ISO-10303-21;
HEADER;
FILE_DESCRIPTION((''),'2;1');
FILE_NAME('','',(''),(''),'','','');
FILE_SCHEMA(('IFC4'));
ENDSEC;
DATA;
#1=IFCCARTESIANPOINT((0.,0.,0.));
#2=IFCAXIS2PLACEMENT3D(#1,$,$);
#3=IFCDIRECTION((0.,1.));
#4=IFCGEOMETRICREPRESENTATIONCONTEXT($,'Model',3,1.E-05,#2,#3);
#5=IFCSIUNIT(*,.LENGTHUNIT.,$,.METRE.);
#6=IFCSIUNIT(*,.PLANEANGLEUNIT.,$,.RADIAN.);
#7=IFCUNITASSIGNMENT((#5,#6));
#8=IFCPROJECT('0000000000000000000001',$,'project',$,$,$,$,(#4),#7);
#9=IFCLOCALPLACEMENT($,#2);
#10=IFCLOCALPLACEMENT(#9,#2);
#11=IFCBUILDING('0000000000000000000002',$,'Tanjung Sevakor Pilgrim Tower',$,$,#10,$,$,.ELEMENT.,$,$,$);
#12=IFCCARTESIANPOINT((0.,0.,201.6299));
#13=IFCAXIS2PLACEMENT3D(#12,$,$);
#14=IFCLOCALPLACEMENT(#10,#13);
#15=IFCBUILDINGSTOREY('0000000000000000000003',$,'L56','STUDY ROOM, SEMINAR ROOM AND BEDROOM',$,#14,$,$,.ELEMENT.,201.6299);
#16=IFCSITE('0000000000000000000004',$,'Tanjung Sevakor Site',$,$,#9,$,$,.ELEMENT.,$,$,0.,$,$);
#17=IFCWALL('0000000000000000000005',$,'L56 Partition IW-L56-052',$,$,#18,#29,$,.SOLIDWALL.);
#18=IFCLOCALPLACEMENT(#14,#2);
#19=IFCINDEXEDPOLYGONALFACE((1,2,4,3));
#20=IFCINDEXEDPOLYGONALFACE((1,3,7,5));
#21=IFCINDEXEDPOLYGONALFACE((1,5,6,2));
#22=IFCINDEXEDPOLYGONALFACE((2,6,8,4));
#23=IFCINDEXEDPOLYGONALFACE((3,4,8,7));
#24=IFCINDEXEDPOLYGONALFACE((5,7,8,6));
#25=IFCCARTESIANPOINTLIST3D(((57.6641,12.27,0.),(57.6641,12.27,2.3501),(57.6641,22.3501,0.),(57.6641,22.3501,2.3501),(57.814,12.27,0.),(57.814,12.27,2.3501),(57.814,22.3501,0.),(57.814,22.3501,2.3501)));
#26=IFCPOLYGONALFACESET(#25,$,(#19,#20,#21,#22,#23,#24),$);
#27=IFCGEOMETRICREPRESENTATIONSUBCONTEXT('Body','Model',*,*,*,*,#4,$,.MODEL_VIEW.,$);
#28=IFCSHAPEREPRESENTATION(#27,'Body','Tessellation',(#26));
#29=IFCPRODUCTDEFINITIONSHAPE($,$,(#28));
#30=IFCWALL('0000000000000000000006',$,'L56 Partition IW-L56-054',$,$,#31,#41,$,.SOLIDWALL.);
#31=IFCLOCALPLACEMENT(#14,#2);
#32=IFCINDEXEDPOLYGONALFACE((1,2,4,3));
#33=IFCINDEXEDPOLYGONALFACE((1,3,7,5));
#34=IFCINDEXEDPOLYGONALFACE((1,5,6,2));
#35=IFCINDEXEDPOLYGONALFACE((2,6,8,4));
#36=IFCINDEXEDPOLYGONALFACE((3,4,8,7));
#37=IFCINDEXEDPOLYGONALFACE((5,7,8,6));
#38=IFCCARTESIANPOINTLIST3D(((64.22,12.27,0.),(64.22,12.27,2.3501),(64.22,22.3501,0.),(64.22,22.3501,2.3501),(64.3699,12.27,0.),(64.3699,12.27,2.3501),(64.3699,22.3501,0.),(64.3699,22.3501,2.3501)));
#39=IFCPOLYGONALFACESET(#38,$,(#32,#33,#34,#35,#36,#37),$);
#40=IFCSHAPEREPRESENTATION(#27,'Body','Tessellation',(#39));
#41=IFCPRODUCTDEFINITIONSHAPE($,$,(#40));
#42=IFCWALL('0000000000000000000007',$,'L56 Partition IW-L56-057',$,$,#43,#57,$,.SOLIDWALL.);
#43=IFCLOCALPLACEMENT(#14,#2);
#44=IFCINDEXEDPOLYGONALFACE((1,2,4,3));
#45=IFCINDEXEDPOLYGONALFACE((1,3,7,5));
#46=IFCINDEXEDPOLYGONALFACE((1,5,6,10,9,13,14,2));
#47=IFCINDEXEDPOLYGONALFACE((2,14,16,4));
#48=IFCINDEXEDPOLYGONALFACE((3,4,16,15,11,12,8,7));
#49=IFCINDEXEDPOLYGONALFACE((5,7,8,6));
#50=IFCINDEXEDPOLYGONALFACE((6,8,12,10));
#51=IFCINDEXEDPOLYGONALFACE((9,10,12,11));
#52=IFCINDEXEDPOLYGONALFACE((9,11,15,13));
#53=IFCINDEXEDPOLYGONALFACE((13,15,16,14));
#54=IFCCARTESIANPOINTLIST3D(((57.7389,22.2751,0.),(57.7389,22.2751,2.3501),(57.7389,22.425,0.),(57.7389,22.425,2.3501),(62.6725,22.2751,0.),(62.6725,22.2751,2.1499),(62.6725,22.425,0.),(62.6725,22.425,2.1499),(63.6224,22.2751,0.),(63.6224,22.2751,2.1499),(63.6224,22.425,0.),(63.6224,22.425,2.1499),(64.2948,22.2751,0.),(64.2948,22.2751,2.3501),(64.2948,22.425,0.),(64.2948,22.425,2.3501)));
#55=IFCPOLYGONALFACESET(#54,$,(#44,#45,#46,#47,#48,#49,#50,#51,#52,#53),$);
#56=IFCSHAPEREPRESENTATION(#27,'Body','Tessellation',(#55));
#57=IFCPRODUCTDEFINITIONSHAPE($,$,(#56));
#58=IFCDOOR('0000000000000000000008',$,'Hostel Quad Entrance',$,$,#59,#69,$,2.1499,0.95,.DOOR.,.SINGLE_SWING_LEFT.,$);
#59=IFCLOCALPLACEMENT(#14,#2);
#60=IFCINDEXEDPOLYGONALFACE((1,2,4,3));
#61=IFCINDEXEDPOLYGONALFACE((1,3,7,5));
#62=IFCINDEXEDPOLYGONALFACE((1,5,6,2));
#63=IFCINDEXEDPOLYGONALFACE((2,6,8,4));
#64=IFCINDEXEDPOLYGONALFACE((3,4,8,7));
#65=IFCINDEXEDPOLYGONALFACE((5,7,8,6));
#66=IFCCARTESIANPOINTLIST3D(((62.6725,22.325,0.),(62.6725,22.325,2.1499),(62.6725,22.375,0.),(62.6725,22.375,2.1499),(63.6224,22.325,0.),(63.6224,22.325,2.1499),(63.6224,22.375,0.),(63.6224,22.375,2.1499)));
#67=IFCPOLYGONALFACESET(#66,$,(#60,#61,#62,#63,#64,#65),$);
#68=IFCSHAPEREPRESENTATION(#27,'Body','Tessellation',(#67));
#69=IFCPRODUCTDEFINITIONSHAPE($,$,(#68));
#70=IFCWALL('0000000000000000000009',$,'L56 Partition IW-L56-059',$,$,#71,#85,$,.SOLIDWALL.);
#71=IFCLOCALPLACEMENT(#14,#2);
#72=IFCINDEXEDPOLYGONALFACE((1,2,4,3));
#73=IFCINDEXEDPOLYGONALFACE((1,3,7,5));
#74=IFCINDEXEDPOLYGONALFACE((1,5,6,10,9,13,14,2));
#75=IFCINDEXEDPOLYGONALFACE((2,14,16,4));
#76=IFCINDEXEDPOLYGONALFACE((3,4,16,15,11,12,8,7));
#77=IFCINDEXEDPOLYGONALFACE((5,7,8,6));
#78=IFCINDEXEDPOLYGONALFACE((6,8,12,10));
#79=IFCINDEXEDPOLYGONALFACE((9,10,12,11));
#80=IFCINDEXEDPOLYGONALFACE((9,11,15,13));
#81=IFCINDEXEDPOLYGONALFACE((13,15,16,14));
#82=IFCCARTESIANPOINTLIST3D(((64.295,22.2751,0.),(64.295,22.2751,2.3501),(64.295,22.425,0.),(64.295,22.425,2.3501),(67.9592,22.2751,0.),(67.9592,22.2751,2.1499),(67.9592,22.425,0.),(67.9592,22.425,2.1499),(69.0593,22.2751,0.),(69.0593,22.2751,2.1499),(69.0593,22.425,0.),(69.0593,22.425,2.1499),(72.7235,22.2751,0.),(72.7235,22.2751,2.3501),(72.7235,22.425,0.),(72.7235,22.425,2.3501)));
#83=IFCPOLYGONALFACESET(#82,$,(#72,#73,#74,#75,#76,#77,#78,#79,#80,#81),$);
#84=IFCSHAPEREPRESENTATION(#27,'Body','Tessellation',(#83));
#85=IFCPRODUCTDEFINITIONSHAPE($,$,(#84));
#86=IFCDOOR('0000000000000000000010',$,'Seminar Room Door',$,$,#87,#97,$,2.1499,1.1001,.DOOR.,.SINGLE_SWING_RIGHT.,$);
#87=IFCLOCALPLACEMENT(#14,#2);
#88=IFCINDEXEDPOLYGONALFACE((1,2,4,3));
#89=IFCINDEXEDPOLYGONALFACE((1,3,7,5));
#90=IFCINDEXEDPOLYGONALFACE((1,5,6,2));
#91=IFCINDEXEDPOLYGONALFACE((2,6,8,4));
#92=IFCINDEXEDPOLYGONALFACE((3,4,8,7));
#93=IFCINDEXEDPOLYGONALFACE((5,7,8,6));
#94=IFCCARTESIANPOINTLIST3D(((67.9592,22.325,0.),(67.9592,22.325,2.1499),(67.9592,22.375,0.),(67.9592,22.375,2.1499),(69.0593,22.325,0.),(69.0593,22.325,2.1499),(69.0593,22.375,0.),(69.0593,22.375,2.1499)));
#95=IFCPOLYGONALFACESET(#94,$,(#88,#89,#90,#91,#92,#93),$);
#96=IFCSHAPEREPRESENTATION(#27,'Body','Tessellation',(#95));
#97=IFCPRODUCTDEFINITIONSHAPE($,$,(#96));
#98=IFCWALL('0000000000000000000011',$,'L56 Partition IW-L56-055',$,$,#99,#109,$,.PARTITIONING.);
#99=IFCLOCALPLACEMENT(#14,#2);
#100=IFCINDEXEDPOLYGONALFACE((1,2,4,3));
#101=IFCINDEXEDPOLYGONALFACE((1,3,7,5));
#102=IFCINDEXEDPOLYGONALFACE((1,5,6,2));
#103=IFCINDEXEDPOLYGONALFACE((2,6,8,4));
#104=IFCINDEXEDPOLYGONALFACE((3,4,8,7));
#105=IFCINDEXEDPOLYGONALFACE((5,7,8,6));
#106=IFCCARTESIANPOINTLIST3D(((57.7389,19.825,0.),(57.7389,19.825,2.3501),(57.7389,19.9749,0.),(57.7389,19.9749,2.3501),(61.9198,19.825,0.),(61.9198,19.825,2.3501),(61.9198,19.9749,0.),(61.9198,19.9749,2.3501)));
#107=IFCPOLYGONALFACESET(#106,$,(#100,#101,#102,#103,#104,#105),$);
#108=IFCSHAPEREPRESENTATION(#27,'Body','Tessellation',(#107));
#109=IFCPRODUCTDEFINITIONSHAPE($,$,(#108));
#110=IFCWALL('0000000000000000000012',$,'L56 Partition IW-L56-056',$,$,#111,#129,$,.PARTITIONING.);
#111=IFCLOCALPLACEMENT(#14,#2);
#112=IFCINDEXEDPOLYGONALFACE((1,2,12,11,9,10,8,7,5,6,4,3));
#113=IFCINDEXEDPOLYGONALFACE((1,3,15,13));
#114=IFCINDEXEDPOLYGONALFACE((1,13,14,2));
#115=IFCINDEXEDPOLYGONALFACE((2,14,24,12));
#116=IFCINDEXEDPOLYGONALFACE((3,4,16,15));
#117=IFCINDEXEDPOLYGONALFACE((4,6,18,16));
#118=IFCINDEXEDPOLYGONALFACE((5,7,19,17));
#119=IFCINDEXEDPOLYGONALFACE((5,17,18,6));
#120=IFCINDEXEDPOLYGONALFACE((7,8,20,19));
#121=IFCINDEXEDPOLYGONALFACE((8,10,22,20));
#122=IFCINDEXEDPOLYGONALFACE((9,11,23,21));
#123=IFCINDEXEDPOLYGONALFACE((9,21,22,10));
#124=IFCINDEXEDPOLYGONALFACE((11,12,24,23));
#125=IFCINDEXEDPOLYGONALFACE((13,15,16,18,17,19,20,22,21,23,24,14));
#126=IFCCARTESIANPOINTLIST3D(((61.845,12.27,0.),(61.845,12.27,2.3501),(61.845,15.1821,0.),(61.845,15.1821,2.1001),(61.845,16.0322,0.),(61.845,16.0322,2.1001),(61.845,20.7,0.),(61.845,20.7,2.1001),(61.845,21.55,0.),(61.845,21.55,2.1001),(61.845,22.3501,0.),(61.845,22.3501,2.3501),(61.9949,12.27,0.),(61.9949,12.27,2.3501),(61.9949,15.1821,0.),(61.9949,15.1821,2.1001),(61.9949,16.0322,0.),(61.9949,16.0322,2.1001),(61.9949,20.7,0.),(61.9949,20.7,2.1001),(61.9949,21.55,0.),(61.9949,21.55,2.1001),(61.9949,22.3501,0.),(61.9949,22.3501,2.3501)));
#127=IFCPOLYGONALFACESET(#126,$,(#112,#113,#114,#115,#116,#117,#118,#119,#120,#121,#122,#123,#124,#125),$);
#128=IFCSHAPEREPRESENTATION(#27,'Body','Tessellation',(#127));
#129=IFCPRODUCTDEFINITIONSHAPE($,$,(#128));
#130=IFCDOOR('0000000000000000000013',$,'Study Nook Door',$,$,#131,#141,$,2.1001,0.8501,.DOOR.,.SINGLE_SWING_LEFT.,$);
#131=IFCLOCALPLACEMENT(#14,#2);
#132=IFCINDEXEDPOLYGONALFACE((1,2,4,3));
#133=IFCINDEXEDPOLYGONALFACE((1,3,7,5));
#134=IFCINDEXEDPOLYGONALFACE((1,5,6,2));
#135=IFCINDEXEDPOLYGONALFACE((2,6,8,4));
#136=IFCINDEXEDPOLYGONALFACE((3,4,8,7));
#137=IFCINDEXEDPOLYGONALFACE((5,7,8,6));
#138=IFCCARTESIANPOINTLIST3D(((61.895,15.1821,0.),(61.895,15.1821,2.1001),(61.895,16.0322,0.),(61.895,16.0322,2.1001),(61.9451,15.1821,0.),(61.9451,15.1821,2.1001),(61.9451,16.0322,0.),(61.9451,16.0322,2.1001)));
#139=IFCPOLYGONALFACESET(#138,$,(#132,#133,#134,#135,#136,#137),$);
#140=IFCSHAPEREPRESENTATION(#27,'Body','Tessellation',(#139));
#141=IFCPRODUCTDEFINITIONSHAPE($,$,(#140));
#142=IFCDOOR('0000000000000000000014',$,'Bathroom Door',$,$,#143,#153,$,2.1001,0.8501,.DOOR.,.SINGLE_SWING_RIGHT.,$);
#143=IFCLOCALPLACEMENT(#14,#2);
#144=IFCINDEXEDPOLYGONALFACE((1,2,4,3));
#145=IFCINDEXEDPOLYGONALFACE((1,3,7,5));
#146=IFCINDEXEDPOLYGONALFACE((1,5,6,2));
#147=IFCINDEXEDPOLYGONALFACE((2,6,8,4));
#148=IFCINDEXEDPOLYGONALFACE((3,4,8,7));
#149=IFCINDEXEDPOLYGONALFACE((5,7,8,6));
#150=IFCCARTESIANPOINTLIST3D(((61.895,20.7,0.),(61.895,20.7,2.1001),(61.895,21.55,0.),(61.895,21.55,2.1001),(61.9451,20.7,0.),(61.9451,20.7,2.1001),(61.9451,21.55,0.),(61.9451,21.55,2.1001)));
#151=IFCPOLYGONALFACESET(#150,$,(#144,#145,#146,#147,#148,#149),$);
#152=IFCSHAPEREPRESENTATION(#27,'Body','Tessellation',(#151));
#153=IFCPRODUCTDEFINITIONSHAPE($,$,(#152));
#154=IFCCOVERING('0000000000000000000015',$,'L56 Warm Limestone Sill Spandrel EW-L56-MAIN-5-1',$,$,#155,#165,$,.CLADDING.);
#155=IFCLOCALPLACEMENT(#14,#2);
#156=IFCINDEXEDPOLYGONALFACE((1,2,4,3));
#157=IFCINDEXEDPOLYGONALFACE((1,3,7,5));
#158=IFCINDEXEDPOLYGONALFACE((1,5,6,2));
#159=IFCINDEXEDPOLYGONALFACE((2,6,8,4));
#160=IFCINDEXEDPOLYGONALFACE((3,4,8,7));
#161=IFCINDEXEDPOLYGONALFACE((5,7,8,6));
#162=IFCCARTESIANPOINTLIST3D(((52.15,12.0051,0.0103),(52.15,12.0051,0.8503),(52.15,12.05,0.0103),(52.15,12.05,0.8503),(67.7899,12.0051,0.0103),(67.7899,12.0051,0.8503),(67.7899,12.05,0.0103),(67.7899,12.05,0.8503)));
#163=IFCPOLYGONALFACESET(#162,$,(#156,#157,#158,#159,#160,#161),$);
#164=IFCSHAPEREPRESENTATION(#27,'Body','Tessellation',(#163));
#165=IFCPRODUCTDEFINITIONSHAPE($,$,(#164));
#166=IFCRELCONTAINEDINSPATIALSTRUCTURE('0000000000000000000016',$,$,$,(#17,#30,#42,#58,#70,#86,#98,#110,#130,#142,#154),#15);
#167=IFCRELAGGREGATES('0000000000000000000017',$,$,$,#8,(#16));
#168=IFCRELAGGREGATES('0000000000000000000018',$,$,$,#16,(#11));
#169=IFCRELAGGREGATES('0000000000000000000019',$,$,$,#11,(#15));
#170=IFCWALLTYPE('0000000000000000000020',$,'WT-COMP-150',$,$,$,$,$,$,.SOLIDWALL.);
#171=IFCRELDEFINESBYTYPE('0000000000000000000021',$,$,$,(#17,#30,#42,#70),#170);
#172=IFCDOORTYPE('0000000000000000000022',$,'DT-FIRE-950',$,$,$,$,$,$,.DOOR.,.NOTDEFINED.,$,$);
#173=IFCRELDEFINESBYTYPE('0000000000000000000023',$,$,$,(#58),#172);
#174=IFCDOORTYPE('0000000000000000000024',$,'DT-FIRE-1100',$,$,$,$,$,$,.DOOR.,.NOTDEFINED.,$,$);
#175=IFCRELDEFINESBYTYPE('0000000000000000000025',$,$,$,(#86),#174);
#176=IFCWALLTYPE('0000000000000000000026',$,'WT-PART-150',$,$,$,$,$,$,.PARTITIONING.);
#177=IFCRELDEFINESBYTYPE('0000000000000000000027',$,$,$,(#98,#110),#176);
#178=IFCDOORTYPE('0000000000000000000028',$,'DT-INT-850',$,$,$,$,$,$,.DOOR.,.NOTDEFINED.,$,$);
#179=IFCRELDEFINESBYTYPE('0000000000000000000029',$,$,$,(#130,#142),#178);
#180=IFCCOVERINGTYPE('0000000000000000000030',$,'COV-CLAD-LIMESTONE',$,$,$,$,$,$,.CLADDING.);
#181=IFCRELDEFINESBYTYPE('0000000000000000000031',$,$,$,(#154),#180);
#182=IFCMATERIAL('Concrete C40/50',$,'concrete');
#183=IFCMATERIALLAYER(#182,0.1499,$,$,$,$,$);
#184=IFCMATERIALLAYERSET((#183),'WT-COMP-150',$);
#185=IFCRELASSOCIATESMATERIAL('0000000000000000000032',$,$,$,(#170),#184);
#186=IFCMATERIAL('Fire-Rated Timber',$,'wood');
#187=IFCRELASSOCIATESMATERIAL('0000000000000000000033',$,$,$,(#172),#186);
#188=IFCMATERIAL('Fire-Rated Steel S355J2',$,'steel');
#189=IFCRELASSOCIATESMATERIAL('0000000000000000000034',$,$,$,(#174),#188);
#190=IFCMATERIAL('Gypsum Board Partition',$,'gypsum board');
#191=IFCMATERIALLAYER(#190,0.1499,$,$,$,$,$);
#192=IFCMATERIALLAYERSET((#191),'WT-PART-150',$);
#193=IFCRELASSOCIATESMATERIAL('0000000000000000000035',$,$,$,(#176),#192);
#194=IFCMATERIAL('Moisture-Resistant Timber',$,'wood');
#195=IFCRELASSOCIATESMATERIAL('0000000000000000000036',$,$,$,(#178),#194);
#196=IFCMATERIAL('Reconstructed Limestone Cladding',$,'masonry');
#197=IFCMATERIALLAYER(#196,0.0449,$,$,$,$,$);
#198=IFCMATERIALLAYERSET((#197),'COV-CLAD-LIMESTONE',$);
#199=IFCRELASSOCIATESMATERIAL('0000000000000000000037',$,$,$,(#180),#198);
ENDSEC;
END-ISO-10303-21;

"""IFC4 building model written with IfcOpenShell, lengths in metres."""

from ifc_helpers import new_model, si_unit, direction, frame, frame_2d, origin, origin_2d, place, context, subcontext, project, spatial, rectangle, extrude, material, layer, layer_set, type_object, element, fill, save


model = new_model("IFC4")

# Units and contexts
model_context = context("Model", 3, precision=1e-05, world=origin(), true_north=direction((0.0, 1.0)))
body_context = subcontext(model_context, "Body", "Model", "MODEL_VIEW")
ifc_project = project(units=[si_unit("LENGTHUNIT", "METRE"), si_unit("PLANEANGLEUNIT", "RADIAN")], contexts=[model_context])

# Site, building, storey
site_placement = place(None, origin())
site = spatial("IfcSite", under=ifc_project, at=site_placement, Name="Tanjung Sevakor Site", CompositionType="ELEMENT", RefElevation=0.0)
building_placement = place(site_placement, origin())
building = spatial("IfcBuilding", under=site, at=building_placement, Name="Tanjung Sevakor Pilgrim Tower", CompositionType="ELEMENT")
storey_placement = place(building_placement, frame((0.0, 0.0, 201.6299)))
storey = spatial("IfcBuildingStorey", under=building, at=storey_placement, Name="L56", Description="STUDY ROOM, SEMINAR ROOM AND BEDROOM", CompositionType="ELEMENT", Elevation=201.6299)

# Wall
ifc_material_1 = material(Name="Concrete C40/50", Category="concrete")
ifc_layer_1 = layer(ifc_material_1, 0.1499)
ifc_layer_set_1 = layer_set([ifc_layer_1], Name="WT-COMP-150")
wall_type_1 = type_object("IfcWallType", Name="WT-COMP-150", PredefinedType="SOLIDWALL", material=ifc_layer_set_1)
wall_1_placement = place(storey_placement, frame((57.739, 12.27, 0.0), z_axis=(0.0, 0.0, 1.0), x_axis=(0.0, 1.0, 0.0)))
element("IfcWall", 1, at=wall_1_placement, inside=storey, type_object=wall_type_1, Name="L56 Partition IW-L56-052", PredefinedType="SOLIDWALL", context=body_context, shape_type="SweptSolid", body=[
    extrude(rectangle(XDim=10.0801, YDim=0.1499, at=frame_2d((5.04, 0.0))), origin(), (0.0, 0.0, 1.0), 2.3501),
])

# Shared definitions
ifc_material_2 = material(Name="Fire-Rated Timber", Category="wood")
door_type_1 = type_object("IfcDoorType", Name="DT-FIRE-950", OperationType="NOTDEFINED", PredefinedType="DOOR", material=ifc_material_2)

# Wall
wall_2_placement = place(storey_placement, frame((64.2949, 12.27, 0.0), z_axis=(0.0, 0.0, 1.0), x_axis=(0.0, 1.0, 0.0)))
element("IfcWall", 2, at=wall_2_placement, inside=storey, type_object=wall_type_1, Name="L56 Partition IW-L56-054", PredefinedType="SOLIDWALL", context=body_context, shape_type="SweptSolid", body=[
    extrude(rectangle(XDim=10.0801, YDim=0.1499, at=frame_2d((5.04, 0.0))), origin(), (0.0, 0.0, 1.0), 2.3501),
])

# Walls, openings, doors
wall_3_placement = place(storey_placement, frame((57.739, 22.3501, 0.0), z_axis=(0.0, 0.0, 1.0), x_axis=(1.0, 0.0, 0.0)))
wall_3 = element("IfcWall", 3, at=wall_3_placement, inside=storey, type_object=wall_type_1, Name="L56 Partition IW-L56-057", PredefinedType="SOLIDWALL", context=body_context, shape_type="SweptSolid", body=[
    extrude(rectangle(XDim=6.5559, YDim=0.1499, at=frame_2d((3.2778, 0.0))), origin(), (0.0, 0.0, 1.0), 2.3501),
])
opening_1_placement = place(wall_3_placement, frame((4.9333, 0.0, 0.0)))
opening_1 = element("IfcOpeningElement", 4, at=opening_1_placement, cuts=wall_3, PredefinedType="OPENING", context=body_context, shape_type="SweptSolid", body=[
    extrude(rectangle(XDim=0.95, YDim=2.1499, at=frame_2d((0.4751, 1.075))), frame((0.0, 0.085, 0.0), z_axis=(0.0, -1.0, 0.0), x_axis=(1.0, 0.0, 0.0)), (0.0, 0.0, 1.0), 0.1699),
])
door_1_placement = place(opening_1_placement, origin())
door_1 = element("IfcDoor", 5, at=door_1_placement, inside=storey, type_object=door_type_1, Name="Hostel Quad Entrance", OperationType="SINGLE_SWING_LEFT", OverallHeight=2.1499, OverallWidth=0.95, PredefinedType="DOOR", context=body_context, shape_type="SweptSolid", body=[
    extrude(rectangle(XDim=0.95, YDim=2.1499, at=frame_2d((0.4751, 1.075))), frame((0.0, 0.0249, 0.0), z_axis=(0.0, -1.0, 0.0), x_axis=(1.0, 0.0, 0.0)), (0.0, 0.0, 1.0), 0.05),
])
fill(opening_1, door_1)
wall_4_placement = place(storey_placement, frame((64.2949, 22.3501, 0.0), z_axis=(0.0, 0.0, 1.0), x_axis=(1.0, 0.0, 0.0)))
wall_4 = element("IfcWall", 6, at=wall_4_placement, inside=storey, type_object=wall_type_1, Name="L56 Partition IW-L56-059", PredefinedType="SOLIDWALL", context=body_context, shape_type="SweptSolid", body=[
    extrude(rectangle(XDim=8.4285, YDim=0.1499, at=frame_2d((4.2144, 0.0))), origin(), (0.0, 0.0, 1.0), 2.3501),
])
opening_2_placement = place(wall_4_placement, frame((3.6643, 0.0, 0.0)))
opening_2 = element("IfcOpeningElement", 7, at=opening_2_placement, cuts=wall_4, PredefinedType="OPENING", context=body_context, shape_type="SweptSolid", body=[
    extrude(rectangle(XDim=1.1001, YDim=2.1499, at=frame_2d((0.55, 1.075))), frame((0.0, 0.085, 0.0), z_axis=(0.0, -1.0, 0.0), x_axis=(1.0, 0.0, 0.0)), (0.0, 0.0, 1.0), 0.1699),
])
ifc_material_3 = material(Name="Fire-Rated Steel S355J2", Category="steel")
door_type_2 = type_object("IfcDoorType", Name="DT-FIRE-1100", OperationType="NOTDEFINED", PredefinedType="DOOR", material=ifc_material_3)
door_2_placement = place(opening_2_placement, origin())
door_2 = element("IfcDoor", 8, at=door_2_placement, inside=storey, type_object=door_type_2, Name="Seminar Room Door", OperationType="SINGLE_SWING_RIGHT", OverallHeight=2.1499, OverallWidth=1.1001, PredefinedType="DOOR", context=body_context, shape_type="SweptSolid", body=[
    extrude(rectangle(XDim=1.1001, YDim=2.1499, at=frame_2d((0.55, 1.075))), frame((0.0, 0.0249, 0.0), z_axis=(0.0, -1.0, 0.0), x_axis=(1.0, 0.0, 0.0)), (0.0, 0.0, 1.0), 0.05),
])
fill(opening_2, door_2)

# Wall
ifc_material_4 = material(Name="Gypsum Board Partition", Category="gypsum board")
ifc_layer_2 = layer(ifc_material_4, 0.1499)
ifc_layer_set_2 = layer_set([ifc_layer_2], Name="WT-PART-150")
wall_type_2 = type_object("IfcWallType", Name="WT-PART-150", PredefinedType="PARTITIONING", material=ifc_layer_set_2)
wall_5_placement = place(storey_placement, frame((57.739, 19.8999, 0.0), z_axis=(0.0, 0.0, 1.0), x_axis=(1.0, 0.0, 0.0)))
element("IfcWall", 9, at=wall_5_placement, inside=storey, type_object=wall_type_2, Name="L56 Partition IW-L56-055", PredefinedType="PARTITIONING", context=body_context, shape_type="SweptSolid", body=[
    extrude(rectangle(XDim=4.1809, YDim=0.1499, at=frame_2d((2.0903, 0.0))), origin(), (0.0, 0.0, 1.0), 2.3501),
])

# Wall, openings, doors
wall_6_placement = place(storey_placement, frame((61.9199, 12.27, 0.0), z_axis=(0.0, 0.0, 1.0), x_axis=(0.0, 1.0, 0.0)))
wall_6 = element("IfcWall", 10, at=wall_6_placement, inside=storey, type_object=wall_type_2, Name="L56 Partition IW-L56-056", PredefinedType="PARTITIONING", context=body_context, shape_type="SweptSolid", body=[
    extrude(rectangle(XDim=10.0801, YDim=0.1499, at=frame_2d((5.04, 0.0))), origin(), (0.0, 0.0, 1.0), 2.3501),
])
opening_3_placement = place(wall_6_placement, frame((2.9121, 0.0, 0.0)))
opening_3 = element("IfcOpeningElement", 11, at=opening_3_placement, cuts=wall_6, PredefinedType="OPENING", context=body_context, shape_type="SweptSolid", body=[
    extrude(rectangle(XDim=0.8501, YDim=2.1001, at=frame_2d((0.425, 1.05))), frame((0.0, 0.085, 0.0), z_axis=(0.0, -1.0, 0.0), x_axis=(1.0, 0.0, 0.0)), (0.0, 0.0, 1.0), 0.1699),
])
opening_4_placement = place(wall_6_placement, frame((8.4299, 0.0, 0.0)))
opening_4 = element("IfcOpeningElement", 12, at=opening_4_placement, cuts=wall_6, PredefinedType="OPENING", context=body_context, shape_type="SweptSolid", body=[
    extrude(rectangle(XDim=0.8501, YDim=2.1001, at=frame_2d((0.425, 1.05))), frame((0.0, 0.085, 0.0), z_axis=(0.0, -1.0, 0.0), x_axis=(1.0, 0.0, 0.0)), (0.0, 0.0, 1.0), 0.1699),
])
ifc_material_5 = material(Name="Moisture-Resistant Timber", Category="wood")
door_type_3 = type_object("IfcDoorType", Name="DT-INT-850", OperationType="NOTDEFINED", PredefinedType="DOOR", material=ifc_material_5)
door_3_placement = place(opening_3_placement, origin())
door_3 = element("IfcDoor", 13, at=door_3_placement, inside=storey, type_object=door_type_3, Name="Study Nook Door", OperationType="SINGLE_SWING_LEFT", OverallHeight=2.1001, OverallWidth=0.8501, PredefinedType="DOOR", context=body_context, shape_type="SweptSolid", body=[
    extrude(rectangle(XDim=0.8501, YDim=2.1001, at=frame_2d((0.425, 1.05))), frame((0.0, 0.0249, 0.0), z_axis=(0.0, -1.0, 0.0), x_axis=(1.0, 0.0, 0.0)), (0.0, 0.0, 1.0), 0.05),
])
fill(opening_3, door_3)
door_4_placement = place(opening_4_placement, origin())
door_4 = element("IfcDoor", 14, at=door_4_placement, inside=storey, type_object=door_type_3, Name="Bathroom Door", OperationType="SINGLE_SWING_RIGHT", OverallHeight=2.1001, OverallWidth=0.8501, PredefinedType="DOOR", context=body_context, shape_type="SweptSolid", body=[
    extrude(rectangle(XDim=0.8501, YDim=2.1001, at=frame_2d((0.425, 1.05))), frame((0.0, 0.0249, 0.0), z_axis=(0.0, -1.0, 0.0), x_axis=(1.0, 0.0, 0.0)), (0.0, 0.0, 1.0), 0.05),
])
fill(opening_4, door_4)

# Covering
ifc_material_6 = material(Name="Reconstructed Limestone Cladding", Category="masonry")
ifc_layer_3 = layer(ifc_material_6, 0.0449)
ifc_layer_set_3 = layer_set([ifc_layer_3], Name="COV-CLAD-LIMESTONE")
covering_type = type_object("IfcCoveringType", Name="COV-CLAD-LIMESTONE", PredefinedType="CLADDING", material=ifc_layer_set_3)
covering_placement = place(storey_placement, frame((59.97, 12.0276, 0.0103), z_axis=(0.0, 0.0, 1.0), x_axis=(1.0, 0.0, 0.0)))
element("IfcCovering", 15, at=covering_placement, inside=storey, type_object=covering_type, Name="L56 Warm Limestone Sill Spandrel EW-L56-MAIN-5-1", PredefinedType="CLADDING", context=body_context, shape_type="SweptSolid", body=[
    extrude(rectangle(XDim=15.6399, YDim=0.0449, at=origin_2d()), origin(), (0.0, 0.0, 1.0), 0.8401),
])

save(model, "model.ifc")
